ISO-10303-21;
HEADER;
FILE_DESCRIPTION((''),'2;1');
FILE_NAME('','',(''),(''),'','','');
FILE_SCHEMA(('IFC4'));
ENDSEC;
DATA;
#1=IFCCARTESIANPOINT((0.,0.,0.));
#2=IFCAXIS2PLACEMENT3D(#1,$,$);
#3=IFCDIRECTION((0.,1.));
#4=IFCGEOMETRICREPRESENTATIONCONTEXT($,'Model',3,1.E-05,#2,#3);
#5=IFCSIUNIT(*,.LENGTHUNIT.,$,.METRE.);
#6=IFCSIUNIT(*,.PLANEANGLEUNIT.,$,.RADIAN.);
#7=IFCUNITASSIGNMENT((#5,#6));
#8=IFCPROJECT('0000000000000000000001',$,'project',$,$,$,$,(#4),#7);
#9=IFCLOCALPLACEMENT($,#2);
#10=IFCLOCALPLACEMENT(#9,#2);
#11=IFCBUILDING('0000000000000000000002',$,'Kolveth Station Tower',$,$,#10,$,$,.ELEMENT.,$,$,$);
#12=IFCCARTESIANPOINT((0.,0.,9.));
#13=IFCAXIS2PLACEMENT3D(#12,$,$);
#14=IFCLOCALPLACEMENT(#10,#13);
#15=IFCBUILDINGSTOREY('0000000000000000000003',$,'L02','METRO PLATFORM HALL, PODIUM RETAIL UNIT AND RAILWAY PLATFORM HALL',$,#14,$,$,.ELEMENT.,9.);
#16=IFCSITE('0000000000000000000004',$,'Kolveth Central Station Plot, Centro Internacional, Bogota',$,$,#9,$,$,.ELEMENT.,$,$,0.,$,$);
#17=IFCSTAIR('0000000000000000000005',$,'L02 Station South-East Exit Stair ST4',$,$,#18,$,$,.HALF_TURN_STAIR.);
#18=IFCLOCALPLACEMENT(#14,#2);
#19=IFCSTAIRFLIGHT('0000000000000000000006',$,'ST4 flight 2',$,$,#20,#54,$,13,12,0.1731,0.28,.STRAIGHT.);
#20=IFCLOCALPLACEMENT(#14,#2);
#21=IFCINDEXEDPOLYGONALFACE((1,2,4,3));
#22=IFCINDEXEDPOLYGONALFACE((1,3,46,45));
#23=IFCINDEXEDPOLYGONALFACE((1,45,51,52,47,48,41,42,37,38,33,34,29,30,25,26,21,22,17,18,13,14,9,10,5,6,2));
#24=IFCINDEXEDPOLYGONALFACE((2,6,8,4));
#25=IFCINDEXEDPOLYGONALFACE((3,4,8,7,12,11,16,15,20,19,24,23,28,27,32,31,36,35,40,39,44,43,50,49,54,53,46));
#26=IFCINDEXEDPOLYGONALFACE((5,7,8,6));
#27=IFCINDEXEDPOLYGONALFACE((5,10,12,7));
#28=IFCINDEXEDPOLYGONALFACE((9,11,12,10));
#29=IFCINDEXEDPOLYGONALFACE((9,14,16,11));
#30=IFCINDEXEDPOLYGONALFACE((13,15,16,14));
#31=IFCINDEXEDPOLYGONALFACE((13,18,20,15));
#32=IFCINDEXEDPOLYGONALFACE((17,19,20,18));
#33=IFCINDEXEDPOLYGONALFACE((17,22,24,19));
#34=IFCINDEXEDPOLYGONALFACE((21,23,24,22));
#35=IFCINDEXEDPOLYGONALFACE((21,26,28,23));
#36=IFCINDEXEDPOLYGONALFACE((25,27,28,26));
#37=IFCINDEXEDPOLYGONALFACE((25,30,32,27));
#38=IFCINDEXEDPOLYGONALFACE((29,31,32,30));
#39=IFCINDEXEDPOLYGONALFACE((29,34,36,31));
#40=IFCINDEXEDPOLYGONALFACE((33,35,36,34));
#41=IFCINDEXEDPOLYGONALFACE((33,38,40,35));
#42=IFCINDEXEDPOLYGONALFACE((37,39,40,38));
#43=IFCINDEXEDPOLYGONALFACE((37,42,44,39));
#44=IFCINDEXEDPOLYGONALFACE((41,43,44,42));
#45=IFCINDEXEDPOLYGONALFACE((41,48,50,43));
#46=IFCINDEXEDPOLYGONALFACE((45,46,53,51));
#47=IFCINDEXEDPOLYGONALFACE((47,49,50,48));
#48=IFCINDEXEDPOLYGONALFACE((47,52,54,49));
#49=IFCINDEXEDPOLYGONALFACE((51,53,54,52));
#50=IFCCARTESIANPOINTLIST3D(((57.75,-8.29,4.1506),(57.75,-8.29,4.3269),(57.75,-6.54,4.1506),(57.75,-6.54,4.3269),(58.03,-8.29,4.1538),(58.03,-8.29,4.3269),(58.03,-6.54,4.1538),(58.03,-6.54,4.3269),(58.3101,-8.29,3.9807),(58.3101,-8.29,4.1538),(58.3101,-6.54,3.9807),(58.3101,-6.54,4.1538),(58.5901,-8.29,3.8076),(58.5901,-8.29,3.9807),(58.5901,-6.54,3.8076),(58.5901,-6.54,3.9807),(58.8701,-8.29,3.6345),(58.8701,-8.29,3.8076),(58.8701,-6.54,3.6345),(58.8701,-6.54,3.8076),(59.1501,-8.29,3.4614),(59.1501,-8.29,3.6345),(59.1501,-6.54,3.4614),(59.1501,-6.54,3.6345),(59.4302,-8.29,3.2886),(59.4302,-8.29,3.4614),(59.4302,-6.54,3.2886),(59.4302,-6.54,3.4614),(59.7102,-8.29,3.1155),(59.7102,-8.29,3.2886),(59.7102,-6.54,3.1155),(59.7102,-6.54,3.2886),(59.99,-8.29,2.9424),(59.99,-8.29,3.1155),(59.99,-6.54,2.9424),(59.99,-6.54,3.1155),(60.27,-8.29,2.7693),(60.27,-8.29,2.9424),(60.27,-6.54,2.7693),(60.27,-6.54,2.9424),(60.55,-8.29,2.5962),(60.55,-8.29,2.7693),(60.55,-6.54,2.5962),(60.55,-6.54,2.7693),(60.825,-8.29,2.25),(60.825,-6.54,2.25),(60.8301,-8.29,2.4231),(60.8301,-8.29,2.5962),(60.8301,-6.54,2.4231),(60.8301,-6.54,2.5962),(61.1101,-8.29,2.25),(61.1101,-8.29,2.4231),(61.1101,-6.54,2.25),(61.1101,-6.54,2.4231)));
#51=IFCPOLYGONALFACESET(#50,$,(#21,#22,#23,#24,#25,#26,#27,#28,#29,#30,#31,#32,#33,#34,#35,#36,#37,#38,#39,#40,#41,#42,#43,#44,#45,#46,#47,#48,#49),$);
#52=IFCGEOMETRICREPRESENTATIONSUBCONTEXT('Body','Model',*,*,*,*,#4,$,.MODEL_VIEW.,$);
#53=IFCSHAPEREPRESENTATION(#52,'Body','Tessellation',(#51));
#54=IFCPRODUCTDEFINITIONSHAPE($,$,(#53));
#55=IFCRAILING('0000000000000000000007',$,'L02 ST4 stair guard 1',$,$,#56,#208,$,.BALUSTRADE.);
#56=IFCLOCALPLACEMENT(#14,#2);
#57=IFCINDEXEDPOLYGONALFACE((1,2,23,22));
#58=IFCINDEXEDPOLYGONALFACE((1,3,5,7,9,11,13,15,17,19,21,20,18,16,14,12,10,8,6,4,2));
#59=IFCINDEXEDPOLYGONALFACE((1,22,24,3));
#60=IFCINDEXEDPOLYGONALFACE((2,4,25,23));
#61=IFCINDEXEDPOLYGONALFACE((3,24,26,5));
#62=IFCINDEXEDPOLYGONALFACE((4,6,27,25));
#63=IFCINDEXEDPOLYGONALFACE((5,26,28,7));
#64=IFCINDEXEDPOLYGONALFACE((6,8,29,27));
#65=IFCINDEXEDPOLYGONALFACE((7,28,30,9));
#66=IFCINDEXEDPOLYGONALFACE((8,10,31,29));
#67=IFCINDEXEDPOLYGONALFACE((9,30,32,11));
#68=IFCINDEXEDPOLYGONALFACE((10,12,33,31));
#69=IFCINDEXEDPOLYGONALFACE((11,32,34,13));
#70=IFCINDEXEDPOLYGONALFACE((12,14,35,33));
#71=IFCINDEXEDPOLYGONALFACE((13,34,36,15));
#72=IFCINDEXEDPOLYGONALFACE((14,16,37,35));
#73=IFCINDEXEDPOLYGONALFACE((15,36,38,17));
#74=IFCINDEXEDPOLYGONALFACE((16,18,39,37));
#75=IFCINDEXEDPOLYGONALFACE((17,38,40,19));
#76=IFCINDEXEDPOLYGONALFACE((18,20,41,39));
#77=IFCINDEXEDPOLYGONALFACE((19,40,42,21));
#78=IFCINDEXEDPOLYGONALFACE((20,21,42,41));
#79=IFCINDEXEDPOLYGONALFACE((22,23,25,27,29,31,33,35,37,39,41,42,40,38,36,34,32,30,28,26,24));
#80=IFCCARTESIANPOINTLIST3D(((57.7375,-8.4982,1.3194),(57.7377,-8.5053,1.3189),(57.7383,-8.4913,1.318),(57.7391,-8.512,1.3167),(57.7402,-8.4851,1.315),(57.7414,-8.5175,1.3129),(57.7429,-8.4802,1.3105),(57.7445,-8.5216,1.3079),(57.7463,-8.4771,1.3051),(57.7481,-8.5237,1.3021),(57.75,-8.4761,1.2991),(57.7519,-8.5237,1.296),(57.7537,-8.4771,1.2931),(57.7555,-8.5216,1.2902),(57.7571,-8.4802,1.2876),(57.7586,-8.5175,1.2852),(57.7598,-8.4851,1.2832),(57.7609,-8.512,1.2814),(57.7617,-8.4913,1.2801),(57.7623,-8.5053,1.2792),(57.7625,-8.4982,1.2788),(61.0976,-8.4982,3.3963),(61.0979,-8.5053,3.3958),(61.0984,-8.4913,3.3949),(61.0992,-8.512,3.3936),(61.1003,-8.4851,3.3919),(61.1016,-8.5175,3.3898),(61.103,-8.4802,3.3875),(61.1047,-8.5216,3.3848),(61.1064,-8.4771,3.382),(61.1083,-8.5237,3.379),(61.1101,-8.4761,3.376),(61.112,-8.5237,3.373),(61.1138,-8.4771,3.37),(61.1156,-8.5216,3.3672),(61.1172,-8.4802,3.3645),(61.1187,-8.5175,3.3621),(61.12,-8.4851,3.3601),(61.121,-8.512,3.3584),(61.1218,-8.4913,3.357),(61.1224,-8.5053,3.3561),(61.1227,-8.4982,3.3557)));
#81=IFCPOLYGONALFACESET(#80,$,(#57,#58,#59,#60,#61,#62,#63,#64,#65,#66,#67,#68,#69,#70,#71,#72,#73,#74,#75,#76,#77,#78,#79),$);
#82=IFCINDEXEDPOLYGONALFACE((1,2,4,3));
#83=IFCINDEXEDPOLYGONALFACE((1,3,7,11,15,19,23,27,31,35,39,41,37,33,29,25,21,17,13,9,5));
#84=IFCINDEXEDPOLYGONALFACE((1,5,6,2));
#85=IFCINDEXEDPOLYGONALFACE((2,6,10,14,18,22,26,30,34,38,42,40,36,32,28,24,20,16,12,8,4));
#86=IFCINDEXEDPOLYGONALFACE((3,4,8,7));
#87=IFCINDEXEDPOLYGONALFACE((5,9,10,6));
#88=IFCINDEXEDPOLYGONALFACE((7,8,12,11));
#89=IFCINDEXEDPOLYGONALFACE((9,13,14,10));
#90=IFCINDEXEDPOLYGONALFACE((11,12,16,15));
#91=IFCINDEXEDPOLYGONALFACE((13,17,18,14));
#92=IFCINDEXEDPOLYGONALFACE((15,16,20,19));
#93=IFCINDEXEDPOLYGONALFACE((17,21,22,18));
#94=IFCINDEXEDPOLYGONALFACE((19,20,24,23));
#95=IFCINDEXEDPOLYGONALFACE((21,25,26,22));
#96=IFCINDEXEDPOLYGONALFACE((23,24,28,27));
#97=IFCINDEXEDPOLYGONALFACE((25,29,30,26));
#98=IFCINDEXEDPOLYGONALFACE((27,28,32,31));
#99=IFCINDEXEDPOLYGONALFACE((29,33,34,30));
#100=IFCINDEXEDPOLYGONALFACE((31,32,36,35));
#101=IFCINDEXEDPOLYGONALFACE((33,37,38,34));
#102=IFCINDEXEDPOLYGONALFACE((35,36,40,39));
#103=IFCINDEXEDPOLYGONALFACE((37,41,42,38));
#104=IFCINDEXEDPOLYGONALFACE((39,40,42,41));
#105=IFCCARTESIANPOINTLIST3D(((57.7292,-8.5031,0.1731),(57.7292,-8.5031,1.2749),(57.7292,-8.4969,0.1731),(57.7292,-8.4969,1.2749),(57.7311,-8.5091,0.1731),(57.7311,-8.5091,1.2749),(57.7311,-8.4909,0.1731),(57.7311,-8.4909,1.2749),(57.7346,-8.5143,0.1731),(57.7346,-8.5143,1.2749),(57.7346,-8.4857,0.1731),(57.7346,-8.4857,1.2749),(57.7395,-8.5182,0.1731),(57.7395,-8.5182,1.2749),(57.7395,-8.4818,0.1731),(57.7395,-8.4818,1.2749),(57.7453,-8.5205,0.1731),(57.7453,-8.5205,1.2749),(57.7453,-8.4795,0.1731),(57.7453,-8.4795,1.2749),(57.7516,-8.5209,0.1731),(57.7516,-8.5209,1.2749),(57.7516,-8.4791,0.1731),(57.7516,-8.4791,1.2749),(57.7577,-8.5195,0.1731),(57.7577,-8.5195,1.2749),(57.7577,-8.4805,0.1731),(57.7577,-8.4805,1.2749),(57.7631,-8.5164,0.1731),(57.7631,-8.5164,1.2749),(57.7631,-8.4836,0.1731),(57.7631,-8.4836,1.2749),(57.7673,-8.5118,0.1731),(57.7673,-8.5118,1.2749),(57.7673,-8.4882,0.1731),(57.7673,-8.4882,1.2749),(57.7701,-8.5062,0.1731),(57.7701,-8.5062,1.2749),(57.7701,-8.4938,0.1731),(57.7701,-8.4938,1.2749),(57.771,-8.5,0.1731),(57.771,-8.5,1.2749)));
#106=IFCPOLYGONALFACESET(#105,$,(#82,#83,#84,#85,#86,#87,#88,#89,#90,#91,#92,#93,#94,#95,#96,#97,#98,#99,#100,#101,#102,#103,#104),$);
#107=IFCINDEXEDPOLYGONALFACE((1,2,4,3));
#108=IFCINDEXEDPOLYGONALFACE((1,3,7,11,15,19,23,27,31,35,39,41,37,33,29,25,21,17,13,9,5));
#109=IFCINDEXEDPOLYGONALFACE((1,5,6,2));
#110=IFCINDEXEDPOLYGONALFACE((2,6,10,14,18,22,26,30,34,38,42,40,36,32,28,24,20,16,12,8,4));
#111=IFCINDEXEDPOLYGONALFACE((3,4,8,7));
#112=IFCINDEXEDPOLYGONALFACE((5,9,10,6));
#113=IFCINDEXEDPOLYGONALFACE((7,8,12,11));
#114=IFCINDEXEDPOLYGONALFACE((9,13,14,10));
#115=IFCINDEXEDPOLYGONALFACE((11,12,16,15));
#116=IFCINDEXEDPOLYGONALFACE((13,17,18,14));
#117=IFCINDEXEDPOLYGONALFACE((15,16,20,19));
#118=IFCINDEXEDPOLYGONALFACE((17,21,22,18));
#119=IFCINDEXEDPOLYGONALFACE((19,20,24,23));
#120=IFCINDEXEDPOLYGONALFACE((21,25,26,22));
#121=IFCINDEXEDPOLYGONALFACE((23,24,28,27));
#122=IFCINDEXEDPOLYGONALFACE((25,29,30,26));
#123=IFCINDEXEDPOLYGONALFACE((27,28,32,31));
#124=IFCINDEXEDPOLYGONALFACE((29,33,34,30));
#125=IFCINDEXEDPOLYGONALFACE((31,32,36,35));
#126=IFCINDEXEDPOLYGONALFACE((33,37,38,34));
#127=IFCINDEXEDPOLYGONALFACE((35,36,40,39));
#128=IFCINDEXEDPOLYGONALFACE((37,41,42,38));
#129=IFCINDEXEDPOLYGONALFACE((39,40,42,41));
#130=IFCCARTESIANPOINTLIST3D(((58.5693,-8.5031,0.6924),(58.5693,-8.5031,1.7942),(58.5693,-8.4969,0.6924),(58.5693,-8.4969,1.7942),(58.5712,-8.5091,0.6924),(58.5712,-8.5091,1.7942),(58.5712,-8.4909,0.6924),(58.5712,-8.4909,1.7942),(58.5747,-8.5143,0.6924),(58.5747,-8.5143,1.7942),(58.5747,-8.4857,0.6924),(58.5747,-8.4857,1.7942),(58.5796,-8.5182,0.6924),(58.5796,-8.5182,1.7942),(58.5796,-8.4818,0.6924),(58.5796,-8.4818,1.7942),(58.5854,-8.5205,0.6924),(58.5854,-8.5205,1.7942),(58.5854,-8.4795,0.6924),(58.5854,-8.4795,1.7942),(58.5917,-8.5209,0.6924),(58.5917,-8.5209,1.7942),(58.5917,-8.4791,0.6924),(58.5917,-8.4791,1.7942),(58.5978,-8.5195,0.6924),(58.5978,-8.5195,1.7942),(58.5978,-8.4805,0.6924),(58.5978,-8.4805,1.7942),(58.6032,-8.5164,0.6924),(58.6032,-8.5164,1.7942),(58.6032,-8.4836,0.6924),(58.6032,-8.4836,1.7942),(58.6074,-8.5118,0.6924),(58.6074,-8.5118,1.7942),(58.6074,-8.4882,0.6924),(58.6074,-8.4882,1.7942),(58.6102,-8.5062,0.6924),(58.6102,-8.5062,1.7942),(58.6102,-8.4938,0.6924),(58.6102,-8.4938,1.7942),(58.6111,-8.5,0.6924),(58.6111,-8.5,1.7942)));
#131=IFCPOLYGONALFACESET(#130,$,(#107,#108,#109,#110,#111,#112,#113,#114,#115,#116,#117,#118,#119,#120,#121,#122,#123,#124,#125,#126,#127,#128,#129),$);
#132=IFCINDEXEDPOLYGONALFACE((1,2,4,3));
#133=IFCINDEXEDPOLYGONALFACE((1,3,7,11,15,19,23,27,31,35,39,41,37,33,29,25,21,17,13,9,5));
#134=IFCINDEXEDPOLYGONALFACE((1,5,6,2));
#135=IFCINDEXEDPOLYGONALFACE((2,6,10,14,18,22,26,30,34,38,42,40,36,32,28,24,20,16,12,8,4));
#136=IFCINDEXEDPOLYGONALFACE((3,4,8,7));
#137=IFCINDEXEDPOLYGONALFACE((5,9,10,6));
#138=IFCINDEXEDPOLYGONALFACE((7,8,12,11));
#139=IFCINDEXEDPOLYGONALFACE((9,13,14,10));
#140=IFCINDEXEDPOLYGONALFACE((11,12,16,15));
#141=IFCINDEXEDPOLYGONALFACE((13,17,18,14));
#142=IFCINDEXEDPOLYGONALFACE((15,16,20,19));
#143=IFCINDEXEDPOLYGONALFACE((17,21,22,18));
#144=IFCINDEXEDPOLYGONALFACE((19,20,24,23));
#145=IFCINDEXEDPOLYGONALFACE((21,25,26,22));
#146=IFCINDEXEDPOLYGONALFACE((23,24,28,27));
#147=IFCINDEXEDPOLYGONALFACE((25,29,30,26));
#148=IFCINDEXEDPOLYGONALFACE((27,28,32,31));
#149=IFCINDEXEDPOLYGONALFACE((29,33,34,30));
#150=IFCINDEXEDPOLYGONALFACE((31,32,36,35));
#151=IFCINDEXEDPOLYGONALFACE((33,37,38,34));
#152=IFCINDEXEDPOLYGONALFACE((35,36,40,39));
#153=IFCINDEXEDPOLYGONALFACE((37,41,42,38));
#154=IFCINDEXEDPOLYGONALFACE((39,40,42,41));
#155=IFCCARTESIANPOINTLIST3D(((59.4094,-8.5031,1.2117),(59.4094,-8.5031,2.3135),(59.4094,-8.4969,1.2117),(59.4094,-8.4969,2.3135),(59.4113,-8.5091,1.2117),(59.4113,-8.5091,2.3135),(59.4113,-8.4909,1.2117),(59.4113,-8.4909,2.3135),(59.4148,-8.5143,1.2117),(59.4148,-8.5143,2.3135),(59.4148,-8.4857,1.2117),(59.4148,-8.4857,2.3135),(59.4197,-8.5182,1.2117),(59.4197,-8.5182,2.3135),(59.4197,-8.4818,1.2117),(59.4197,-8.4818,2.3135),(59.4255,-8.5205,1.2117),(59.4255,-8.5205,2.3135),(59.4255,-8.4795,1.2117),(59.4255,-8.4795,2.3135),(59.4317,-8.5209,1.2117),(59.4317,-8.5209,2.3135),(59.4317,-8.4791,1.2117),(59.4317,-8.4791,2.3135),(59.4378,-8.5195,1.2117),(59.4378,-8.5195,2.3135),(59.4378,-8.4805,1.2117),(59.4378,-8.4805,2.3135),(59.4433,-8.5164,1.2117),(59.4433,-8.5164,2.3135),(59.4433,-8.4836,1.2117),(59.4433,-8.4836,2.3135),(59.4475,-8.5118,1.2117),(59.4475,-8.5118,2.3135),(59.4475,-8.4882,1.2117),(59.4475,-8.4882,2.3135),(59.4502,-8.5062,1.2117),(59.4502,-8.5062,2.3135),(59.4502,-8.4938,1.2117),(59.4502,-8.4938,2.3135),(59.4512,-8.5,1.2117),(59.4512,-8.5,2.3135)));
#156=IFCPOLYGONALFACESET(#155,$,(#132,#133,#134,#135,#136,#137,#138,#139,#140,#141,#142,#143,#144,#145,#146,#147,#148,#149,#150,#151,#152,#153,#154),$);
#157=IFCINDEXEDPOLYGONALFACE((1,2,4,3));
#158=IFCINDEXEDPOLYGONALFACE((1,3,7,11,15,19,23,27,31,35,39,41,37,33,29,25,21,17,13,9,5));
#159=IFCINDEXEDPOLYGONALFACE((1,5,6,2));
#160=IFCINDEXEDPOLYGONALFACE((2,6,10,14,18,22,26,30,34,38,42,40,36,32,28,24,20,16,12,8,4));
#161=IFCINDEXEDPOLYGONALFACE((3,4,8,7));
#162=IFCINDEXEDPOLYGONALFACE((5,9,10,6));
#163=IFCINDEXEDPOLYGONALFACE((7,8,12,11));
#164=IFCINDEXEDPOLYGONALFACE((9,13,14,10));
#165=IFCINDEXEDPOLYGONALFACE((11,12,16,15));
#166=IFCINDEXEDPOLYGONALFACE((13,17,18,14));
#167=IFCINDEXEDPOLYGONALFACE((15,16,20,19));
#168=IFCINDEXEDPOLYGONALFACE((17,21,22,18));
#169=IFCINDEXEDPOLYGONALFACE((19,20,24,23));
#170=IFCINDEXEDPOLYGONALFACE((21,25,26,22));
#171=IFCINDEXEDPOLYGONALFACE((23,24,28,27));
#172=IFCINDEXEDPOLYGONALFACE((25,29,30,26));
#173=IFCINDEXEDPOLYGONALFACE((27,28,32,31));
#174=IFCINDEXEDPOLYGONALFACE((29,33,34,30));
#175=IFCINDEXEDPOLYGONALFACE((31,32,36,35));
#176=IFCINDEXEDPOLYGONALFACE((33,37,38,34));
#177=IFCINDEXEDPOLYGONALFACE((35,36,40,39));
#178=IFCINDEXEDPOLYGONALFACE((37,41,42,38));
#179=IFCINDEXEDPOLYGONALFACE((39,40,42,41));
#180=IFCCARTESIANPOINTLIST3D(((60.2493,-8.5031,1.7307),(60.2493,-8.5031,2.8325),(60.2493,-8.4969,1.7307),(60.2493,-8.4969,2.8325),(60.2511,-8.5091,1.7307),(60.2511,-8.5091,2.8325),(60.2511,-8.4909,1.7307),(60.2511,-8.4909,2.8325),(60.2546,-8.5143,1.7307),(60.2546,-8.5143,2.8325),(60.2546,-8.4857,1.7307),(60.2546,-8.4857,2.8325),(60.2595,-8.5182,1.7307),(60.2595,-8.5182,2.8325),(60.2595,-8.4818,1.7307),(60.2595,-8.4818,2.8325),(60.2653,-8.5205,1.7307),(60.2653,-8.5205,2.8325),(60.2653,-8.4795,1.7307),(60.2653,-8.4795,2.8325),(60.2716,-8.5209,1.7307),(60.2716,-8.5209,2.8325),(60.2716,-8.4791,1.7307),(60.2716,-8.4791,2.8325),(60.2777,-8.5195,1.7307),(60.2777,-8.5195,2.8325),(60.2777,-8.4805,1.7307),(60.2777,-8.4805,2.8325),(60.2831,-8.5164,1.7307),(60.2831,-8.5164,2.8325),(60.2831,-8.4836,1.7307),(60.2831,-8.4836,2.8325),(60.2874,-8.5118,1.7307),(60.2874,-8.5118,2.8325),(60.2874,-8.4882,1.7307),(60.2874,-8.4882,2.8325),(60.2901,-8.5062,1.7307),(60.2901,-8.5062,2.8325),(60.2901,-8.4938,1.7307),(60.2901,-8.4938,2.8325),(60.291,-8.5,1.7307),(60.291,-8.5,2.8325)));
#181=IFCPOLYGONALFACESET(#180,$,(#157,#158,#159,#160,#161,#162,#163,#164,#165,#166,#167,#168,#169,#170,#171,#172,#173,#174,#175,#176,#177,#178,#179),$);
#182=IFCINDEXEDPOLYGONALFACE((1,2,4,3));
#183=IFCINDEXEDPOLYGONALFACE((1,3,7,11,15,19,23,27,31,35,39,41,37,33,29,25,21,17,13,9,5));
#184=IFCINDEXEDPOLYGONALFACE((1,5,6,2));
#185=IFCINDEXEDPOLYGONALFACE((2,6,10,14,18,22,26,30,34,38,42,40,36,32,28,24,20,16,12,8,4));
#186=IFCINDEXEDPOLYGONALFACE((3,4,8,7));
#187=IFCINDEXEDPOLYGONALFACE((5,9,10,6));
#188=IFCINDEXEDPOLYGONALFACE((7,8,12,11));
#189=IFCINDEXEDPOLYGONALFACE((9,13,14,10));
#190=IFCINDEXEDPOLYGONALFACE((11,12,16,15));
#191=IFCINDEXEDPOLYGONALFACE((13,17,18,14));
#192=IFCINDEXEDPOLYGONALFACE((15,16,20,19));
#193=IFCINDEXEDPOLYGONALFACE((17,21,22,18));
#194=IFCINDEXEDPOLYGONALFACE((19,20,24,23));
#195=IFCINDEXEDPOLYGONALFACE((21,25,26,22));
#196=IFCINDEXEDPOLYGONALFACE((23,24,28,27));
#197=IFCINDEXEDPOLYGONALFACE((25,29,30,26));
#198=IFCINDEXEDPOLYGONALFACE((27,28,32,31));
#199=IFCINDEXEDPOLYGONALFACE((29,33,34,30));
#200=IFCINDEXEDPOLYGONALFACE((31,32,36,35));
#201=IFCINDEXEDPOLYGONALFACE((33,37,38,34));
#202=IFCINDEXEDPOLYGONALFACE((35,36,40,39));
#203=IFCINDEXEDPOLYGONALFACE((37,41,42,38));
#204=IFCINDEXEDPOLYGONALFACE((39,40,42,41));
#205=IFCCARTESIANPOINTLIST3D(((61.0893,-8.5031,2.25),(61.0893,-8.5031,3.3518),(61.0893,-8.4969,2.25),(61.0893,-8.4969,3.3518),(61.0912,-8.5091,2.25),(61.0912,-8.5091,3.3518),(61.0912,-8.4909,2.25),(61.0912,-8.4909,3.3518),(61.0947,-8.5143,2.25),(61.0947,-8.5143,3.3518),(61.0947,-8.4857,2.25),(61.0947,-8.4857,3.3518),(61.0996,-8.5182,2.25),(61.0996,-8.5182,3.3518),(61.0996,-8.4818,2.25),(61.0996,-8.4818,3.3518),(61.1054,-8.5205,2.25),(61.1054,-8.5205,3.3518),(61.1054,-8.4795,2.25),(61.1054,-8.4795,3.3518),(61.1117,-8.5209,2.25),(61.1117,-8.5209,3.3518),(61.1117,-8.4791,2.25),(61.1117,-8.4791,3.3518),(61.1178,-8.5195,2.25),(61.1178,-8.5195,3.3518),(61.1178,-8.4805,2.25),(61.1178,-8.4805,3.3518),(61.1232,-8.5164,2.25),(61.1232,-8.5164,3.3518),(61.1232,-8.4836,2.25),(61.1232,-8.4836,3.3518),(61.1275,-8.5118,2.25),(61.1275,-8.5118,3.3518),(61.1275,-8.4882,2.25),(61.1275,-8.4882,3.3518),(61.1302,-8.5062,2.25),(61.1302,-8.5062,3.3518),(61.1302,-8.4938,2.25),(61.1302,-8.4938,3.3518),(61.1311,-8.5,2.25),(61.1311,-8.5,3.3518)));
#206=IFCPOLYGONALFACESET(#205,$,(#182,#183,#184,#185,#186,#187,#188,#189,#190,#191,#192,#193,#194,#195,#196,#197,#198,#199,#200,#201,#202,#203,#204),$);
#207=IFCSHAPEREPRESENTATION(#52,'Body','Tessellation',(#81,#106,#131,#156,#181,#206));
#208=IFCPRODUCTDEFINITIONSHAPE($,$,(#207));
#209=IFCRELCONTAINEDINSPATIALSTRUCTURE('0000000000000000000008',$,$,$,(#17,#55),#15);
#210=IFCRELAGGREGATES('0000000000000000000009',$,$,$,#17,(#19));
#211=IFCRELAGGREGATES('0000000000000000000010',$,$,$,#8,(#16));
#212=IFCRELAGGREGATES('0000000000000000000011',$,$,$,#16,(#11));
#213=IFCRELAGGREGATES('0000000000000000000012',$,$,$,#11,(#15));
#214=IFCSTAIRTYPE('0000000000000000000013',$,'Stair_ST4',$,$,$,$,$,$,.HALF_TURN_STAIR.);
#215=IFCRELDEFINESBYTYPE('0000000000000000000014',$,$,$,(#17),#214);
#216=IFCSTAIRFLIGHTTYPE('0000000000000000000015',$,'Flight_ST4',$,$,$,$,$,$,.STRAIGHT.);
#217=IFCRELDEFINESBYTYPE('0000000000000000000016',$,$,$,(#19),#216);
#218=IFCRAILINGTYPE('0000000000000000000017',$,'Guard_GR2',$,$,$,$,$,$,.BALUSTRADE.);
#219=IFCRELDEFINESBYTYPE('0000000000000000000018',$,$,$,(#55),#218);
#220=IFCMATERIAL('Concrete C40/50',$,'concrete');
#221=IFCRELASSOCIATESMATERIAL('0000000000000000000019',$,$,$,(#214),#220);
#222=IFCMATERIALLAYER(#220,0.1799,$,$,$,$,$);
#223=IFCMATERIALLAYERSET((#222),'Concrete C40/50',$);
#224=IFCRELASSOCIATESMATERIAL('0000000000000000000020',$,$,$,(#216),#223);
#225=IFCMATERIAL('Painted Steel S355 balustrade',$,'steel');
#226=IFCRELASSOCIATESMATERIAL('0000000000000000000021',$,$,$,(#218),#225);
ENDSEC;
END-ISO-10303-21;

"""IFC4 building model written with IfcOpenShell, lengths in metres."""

from ifc_helpers import new_model, si_unit, direction, frame, origin, origin_2d, place, context, subcontext, project, spatial, polyline, circle, outline, extrude, material, layer, layer_set, type_object, element, aggregate, save


model = new_model("IFC4")

# Units and contexts
model_context = context("Model", 3, precision=1e-05, world=origin(), true_north=direction((0.0, 1.0)))
body_context = subcontext(model_context, "Body", "Model", "MODEL_VIEW")
ifc_project = project(units=[si_unit("LENGTHUNIT", "METRE"), si_unit("PLANEANGLEUNIT", "RADIAN")], contexts=[model_context])

# Site, building, storey
site_placement = place(None, origin())
site = spatial("IfcSite", under=ifc_project, at=site_placement, Name="Kolveth Central Station Plot, Centro Internacional, Bogota", CompositionType="ELEMENT", RefElevation=0.0)
building_placement = place(site_placement, origin())
building = spatial("IfcBuilding", under=site, at=building_placement, Name="Kolveth Station Tower", CompositionType="ELEMENT")
storey_placement = place(building_placement, frame((0.0, 0.0, 9.0)))
storey = spatial("IfcBuildingStorey", under=building, at=storey_placement, Name="L02", Description="METRO PLATFORM HALL, PODIUM RETAIL UNIT AND RAILWAY PLATFORM HALL", CompositionType="ELEMENT", Elevation=9.0)

# Shared definitions
ifc_material_1 = material(Name="Concrete C40/50", Category="concrete")

# Stair, stair flight
stair_type = type_object("IfcStairType", Name="Stair_ST4", PredefinedType="HALF_TURN_STAIR", material=ifc_material_1)
stair_placement = place(storey_placement, origin())
stair = element("IfcStair", 1, at=stair_placement, inside=storey, type_object=stair_type, Name="L02 Station South-East Exit Stair ST4", PredefinedType="HALF_TURN_STAIR")
ifc_layer_1 = layer(ifc_material_1, 0.1799)
ifc_layer_set_1 = layer_set([ifc_layer_1], Name="Concrete C40/50")
stair_flight_type = type_object("IfcStairFlightType", Name="Flight_ST4", PredefinedType="STRAIGHT", material=ifc_layer_set_1)
stair_flight_1_placement = place(storey_placement, frame((61.1101, -7.415, 2.25), z_axis=(0.0, 0.0, 1.0), x_axis=(-1.0, 0.0, 0.0)))
stair_flight_1 = element("IfcStairFlight", 2, at=stair_flight_1_placement, type_object=stair_flight_type, Name="ST4 flight 2", NumberOfRisers=13, NumberOfTreads=12, PredefinedType="STRAIGHT", RiserHeight=0.1731, TreadLength=0.28, context=body_context, shape_type="SweptSolid", body=[
    extrude(outline(polyline([(0.0, 0.0), (0.0, 0.1731), (0.28, 0.1731), (0.28, 0.3462), (0.5601, 0.3462), (0.5601, 0.5193), (0.8401, 0.5193), (0.8401, 0.6924), (1.1201, 0.6924), (1.1201, 0.8655), (1.3999, 0.8655), (1.3999, 1.0386), (1.6799, 1.0386), (1.6799, 1.2114), (1.96, 1.2114), (1.96, 1.3845), (2.24, 1.3845), (2.24, 1.5576), (2.52, 1.5576), (2.52, 1.7307), (2.8, 1.7307), (2.8, 1.9038), (3.0801, 1.9038), (3.0801, 2.0769), (3.3601, 2.0769), (3.3601, 2.25), (3.3601, 1.9006), (0.2852, 0.0), (0.0, 0.0)])), frame((0.0, 0.875, 0.0), z_axis=(0.0, -1.0, 0.0), x_axis=(1.0, 0.0, 0.0)), (0.0, 0.0, 1.0), 1.75),
])
aggregate(stair, [stair_flight_1])

# Railing
ifc_material_2 = material(Name="Painted Steel S355 balustrade", Category="steel")
railing_type_1 = type_object("IfcRailingType", Name="Guard_GR2", PredefinedType="BALUSTRADE", material=ifc_material_2)
railing_1_placement = place(storey_placement, frame((57.75, -8.5, 0.1731)))
element("IfcRailing", 3, at=railing_1_placement, inside=storey, type_object=railing_type_1, Name="L02 ST4 stair guard 1", PredefinedType="BALUSTRADE", context=body_context, shape_type="SweptSolid", body=[
    extrude(circle(Radius=0.0239, at=origin_2d()), frame((0.0, 0.0, 1.126), z_axis=(0.850623, 0.0, 0.525776), x_axis=(0.0, 1.0, 0.0)), (0.0, 0.0, 1.0), 3.9502),
    extrude(circle(Radius=0.021, at=origin_2d()), origin(), (0.0, 0.0, 1.0), 1.1018),
    extrude(circle(Radius=0.021, at=origin_2d()), frame((0.8401, 0.0, 0.5193)), (0.0, 0.0, 1.0), 1.1018),
    extrude(circle(Radius=0.021, at=origin_2d()), frame((1.6802, 0.0, 1.0386)), (0.0, 0.0, 1.0), 1.1018),
    extrude(circle(Radius=0.021, at=origin_2d()), frame((2.52, 0.0, 1.5576)), (0.0, 0.0, 1.0), 1.1018),
    extrude(circle(Radius=0.021, at=origin_2d()), frame((3.3601, 0.0, 2.0769)), (0.0, 0.0, 1.0), 1.1018),
])

save(model, "model.ifc")
